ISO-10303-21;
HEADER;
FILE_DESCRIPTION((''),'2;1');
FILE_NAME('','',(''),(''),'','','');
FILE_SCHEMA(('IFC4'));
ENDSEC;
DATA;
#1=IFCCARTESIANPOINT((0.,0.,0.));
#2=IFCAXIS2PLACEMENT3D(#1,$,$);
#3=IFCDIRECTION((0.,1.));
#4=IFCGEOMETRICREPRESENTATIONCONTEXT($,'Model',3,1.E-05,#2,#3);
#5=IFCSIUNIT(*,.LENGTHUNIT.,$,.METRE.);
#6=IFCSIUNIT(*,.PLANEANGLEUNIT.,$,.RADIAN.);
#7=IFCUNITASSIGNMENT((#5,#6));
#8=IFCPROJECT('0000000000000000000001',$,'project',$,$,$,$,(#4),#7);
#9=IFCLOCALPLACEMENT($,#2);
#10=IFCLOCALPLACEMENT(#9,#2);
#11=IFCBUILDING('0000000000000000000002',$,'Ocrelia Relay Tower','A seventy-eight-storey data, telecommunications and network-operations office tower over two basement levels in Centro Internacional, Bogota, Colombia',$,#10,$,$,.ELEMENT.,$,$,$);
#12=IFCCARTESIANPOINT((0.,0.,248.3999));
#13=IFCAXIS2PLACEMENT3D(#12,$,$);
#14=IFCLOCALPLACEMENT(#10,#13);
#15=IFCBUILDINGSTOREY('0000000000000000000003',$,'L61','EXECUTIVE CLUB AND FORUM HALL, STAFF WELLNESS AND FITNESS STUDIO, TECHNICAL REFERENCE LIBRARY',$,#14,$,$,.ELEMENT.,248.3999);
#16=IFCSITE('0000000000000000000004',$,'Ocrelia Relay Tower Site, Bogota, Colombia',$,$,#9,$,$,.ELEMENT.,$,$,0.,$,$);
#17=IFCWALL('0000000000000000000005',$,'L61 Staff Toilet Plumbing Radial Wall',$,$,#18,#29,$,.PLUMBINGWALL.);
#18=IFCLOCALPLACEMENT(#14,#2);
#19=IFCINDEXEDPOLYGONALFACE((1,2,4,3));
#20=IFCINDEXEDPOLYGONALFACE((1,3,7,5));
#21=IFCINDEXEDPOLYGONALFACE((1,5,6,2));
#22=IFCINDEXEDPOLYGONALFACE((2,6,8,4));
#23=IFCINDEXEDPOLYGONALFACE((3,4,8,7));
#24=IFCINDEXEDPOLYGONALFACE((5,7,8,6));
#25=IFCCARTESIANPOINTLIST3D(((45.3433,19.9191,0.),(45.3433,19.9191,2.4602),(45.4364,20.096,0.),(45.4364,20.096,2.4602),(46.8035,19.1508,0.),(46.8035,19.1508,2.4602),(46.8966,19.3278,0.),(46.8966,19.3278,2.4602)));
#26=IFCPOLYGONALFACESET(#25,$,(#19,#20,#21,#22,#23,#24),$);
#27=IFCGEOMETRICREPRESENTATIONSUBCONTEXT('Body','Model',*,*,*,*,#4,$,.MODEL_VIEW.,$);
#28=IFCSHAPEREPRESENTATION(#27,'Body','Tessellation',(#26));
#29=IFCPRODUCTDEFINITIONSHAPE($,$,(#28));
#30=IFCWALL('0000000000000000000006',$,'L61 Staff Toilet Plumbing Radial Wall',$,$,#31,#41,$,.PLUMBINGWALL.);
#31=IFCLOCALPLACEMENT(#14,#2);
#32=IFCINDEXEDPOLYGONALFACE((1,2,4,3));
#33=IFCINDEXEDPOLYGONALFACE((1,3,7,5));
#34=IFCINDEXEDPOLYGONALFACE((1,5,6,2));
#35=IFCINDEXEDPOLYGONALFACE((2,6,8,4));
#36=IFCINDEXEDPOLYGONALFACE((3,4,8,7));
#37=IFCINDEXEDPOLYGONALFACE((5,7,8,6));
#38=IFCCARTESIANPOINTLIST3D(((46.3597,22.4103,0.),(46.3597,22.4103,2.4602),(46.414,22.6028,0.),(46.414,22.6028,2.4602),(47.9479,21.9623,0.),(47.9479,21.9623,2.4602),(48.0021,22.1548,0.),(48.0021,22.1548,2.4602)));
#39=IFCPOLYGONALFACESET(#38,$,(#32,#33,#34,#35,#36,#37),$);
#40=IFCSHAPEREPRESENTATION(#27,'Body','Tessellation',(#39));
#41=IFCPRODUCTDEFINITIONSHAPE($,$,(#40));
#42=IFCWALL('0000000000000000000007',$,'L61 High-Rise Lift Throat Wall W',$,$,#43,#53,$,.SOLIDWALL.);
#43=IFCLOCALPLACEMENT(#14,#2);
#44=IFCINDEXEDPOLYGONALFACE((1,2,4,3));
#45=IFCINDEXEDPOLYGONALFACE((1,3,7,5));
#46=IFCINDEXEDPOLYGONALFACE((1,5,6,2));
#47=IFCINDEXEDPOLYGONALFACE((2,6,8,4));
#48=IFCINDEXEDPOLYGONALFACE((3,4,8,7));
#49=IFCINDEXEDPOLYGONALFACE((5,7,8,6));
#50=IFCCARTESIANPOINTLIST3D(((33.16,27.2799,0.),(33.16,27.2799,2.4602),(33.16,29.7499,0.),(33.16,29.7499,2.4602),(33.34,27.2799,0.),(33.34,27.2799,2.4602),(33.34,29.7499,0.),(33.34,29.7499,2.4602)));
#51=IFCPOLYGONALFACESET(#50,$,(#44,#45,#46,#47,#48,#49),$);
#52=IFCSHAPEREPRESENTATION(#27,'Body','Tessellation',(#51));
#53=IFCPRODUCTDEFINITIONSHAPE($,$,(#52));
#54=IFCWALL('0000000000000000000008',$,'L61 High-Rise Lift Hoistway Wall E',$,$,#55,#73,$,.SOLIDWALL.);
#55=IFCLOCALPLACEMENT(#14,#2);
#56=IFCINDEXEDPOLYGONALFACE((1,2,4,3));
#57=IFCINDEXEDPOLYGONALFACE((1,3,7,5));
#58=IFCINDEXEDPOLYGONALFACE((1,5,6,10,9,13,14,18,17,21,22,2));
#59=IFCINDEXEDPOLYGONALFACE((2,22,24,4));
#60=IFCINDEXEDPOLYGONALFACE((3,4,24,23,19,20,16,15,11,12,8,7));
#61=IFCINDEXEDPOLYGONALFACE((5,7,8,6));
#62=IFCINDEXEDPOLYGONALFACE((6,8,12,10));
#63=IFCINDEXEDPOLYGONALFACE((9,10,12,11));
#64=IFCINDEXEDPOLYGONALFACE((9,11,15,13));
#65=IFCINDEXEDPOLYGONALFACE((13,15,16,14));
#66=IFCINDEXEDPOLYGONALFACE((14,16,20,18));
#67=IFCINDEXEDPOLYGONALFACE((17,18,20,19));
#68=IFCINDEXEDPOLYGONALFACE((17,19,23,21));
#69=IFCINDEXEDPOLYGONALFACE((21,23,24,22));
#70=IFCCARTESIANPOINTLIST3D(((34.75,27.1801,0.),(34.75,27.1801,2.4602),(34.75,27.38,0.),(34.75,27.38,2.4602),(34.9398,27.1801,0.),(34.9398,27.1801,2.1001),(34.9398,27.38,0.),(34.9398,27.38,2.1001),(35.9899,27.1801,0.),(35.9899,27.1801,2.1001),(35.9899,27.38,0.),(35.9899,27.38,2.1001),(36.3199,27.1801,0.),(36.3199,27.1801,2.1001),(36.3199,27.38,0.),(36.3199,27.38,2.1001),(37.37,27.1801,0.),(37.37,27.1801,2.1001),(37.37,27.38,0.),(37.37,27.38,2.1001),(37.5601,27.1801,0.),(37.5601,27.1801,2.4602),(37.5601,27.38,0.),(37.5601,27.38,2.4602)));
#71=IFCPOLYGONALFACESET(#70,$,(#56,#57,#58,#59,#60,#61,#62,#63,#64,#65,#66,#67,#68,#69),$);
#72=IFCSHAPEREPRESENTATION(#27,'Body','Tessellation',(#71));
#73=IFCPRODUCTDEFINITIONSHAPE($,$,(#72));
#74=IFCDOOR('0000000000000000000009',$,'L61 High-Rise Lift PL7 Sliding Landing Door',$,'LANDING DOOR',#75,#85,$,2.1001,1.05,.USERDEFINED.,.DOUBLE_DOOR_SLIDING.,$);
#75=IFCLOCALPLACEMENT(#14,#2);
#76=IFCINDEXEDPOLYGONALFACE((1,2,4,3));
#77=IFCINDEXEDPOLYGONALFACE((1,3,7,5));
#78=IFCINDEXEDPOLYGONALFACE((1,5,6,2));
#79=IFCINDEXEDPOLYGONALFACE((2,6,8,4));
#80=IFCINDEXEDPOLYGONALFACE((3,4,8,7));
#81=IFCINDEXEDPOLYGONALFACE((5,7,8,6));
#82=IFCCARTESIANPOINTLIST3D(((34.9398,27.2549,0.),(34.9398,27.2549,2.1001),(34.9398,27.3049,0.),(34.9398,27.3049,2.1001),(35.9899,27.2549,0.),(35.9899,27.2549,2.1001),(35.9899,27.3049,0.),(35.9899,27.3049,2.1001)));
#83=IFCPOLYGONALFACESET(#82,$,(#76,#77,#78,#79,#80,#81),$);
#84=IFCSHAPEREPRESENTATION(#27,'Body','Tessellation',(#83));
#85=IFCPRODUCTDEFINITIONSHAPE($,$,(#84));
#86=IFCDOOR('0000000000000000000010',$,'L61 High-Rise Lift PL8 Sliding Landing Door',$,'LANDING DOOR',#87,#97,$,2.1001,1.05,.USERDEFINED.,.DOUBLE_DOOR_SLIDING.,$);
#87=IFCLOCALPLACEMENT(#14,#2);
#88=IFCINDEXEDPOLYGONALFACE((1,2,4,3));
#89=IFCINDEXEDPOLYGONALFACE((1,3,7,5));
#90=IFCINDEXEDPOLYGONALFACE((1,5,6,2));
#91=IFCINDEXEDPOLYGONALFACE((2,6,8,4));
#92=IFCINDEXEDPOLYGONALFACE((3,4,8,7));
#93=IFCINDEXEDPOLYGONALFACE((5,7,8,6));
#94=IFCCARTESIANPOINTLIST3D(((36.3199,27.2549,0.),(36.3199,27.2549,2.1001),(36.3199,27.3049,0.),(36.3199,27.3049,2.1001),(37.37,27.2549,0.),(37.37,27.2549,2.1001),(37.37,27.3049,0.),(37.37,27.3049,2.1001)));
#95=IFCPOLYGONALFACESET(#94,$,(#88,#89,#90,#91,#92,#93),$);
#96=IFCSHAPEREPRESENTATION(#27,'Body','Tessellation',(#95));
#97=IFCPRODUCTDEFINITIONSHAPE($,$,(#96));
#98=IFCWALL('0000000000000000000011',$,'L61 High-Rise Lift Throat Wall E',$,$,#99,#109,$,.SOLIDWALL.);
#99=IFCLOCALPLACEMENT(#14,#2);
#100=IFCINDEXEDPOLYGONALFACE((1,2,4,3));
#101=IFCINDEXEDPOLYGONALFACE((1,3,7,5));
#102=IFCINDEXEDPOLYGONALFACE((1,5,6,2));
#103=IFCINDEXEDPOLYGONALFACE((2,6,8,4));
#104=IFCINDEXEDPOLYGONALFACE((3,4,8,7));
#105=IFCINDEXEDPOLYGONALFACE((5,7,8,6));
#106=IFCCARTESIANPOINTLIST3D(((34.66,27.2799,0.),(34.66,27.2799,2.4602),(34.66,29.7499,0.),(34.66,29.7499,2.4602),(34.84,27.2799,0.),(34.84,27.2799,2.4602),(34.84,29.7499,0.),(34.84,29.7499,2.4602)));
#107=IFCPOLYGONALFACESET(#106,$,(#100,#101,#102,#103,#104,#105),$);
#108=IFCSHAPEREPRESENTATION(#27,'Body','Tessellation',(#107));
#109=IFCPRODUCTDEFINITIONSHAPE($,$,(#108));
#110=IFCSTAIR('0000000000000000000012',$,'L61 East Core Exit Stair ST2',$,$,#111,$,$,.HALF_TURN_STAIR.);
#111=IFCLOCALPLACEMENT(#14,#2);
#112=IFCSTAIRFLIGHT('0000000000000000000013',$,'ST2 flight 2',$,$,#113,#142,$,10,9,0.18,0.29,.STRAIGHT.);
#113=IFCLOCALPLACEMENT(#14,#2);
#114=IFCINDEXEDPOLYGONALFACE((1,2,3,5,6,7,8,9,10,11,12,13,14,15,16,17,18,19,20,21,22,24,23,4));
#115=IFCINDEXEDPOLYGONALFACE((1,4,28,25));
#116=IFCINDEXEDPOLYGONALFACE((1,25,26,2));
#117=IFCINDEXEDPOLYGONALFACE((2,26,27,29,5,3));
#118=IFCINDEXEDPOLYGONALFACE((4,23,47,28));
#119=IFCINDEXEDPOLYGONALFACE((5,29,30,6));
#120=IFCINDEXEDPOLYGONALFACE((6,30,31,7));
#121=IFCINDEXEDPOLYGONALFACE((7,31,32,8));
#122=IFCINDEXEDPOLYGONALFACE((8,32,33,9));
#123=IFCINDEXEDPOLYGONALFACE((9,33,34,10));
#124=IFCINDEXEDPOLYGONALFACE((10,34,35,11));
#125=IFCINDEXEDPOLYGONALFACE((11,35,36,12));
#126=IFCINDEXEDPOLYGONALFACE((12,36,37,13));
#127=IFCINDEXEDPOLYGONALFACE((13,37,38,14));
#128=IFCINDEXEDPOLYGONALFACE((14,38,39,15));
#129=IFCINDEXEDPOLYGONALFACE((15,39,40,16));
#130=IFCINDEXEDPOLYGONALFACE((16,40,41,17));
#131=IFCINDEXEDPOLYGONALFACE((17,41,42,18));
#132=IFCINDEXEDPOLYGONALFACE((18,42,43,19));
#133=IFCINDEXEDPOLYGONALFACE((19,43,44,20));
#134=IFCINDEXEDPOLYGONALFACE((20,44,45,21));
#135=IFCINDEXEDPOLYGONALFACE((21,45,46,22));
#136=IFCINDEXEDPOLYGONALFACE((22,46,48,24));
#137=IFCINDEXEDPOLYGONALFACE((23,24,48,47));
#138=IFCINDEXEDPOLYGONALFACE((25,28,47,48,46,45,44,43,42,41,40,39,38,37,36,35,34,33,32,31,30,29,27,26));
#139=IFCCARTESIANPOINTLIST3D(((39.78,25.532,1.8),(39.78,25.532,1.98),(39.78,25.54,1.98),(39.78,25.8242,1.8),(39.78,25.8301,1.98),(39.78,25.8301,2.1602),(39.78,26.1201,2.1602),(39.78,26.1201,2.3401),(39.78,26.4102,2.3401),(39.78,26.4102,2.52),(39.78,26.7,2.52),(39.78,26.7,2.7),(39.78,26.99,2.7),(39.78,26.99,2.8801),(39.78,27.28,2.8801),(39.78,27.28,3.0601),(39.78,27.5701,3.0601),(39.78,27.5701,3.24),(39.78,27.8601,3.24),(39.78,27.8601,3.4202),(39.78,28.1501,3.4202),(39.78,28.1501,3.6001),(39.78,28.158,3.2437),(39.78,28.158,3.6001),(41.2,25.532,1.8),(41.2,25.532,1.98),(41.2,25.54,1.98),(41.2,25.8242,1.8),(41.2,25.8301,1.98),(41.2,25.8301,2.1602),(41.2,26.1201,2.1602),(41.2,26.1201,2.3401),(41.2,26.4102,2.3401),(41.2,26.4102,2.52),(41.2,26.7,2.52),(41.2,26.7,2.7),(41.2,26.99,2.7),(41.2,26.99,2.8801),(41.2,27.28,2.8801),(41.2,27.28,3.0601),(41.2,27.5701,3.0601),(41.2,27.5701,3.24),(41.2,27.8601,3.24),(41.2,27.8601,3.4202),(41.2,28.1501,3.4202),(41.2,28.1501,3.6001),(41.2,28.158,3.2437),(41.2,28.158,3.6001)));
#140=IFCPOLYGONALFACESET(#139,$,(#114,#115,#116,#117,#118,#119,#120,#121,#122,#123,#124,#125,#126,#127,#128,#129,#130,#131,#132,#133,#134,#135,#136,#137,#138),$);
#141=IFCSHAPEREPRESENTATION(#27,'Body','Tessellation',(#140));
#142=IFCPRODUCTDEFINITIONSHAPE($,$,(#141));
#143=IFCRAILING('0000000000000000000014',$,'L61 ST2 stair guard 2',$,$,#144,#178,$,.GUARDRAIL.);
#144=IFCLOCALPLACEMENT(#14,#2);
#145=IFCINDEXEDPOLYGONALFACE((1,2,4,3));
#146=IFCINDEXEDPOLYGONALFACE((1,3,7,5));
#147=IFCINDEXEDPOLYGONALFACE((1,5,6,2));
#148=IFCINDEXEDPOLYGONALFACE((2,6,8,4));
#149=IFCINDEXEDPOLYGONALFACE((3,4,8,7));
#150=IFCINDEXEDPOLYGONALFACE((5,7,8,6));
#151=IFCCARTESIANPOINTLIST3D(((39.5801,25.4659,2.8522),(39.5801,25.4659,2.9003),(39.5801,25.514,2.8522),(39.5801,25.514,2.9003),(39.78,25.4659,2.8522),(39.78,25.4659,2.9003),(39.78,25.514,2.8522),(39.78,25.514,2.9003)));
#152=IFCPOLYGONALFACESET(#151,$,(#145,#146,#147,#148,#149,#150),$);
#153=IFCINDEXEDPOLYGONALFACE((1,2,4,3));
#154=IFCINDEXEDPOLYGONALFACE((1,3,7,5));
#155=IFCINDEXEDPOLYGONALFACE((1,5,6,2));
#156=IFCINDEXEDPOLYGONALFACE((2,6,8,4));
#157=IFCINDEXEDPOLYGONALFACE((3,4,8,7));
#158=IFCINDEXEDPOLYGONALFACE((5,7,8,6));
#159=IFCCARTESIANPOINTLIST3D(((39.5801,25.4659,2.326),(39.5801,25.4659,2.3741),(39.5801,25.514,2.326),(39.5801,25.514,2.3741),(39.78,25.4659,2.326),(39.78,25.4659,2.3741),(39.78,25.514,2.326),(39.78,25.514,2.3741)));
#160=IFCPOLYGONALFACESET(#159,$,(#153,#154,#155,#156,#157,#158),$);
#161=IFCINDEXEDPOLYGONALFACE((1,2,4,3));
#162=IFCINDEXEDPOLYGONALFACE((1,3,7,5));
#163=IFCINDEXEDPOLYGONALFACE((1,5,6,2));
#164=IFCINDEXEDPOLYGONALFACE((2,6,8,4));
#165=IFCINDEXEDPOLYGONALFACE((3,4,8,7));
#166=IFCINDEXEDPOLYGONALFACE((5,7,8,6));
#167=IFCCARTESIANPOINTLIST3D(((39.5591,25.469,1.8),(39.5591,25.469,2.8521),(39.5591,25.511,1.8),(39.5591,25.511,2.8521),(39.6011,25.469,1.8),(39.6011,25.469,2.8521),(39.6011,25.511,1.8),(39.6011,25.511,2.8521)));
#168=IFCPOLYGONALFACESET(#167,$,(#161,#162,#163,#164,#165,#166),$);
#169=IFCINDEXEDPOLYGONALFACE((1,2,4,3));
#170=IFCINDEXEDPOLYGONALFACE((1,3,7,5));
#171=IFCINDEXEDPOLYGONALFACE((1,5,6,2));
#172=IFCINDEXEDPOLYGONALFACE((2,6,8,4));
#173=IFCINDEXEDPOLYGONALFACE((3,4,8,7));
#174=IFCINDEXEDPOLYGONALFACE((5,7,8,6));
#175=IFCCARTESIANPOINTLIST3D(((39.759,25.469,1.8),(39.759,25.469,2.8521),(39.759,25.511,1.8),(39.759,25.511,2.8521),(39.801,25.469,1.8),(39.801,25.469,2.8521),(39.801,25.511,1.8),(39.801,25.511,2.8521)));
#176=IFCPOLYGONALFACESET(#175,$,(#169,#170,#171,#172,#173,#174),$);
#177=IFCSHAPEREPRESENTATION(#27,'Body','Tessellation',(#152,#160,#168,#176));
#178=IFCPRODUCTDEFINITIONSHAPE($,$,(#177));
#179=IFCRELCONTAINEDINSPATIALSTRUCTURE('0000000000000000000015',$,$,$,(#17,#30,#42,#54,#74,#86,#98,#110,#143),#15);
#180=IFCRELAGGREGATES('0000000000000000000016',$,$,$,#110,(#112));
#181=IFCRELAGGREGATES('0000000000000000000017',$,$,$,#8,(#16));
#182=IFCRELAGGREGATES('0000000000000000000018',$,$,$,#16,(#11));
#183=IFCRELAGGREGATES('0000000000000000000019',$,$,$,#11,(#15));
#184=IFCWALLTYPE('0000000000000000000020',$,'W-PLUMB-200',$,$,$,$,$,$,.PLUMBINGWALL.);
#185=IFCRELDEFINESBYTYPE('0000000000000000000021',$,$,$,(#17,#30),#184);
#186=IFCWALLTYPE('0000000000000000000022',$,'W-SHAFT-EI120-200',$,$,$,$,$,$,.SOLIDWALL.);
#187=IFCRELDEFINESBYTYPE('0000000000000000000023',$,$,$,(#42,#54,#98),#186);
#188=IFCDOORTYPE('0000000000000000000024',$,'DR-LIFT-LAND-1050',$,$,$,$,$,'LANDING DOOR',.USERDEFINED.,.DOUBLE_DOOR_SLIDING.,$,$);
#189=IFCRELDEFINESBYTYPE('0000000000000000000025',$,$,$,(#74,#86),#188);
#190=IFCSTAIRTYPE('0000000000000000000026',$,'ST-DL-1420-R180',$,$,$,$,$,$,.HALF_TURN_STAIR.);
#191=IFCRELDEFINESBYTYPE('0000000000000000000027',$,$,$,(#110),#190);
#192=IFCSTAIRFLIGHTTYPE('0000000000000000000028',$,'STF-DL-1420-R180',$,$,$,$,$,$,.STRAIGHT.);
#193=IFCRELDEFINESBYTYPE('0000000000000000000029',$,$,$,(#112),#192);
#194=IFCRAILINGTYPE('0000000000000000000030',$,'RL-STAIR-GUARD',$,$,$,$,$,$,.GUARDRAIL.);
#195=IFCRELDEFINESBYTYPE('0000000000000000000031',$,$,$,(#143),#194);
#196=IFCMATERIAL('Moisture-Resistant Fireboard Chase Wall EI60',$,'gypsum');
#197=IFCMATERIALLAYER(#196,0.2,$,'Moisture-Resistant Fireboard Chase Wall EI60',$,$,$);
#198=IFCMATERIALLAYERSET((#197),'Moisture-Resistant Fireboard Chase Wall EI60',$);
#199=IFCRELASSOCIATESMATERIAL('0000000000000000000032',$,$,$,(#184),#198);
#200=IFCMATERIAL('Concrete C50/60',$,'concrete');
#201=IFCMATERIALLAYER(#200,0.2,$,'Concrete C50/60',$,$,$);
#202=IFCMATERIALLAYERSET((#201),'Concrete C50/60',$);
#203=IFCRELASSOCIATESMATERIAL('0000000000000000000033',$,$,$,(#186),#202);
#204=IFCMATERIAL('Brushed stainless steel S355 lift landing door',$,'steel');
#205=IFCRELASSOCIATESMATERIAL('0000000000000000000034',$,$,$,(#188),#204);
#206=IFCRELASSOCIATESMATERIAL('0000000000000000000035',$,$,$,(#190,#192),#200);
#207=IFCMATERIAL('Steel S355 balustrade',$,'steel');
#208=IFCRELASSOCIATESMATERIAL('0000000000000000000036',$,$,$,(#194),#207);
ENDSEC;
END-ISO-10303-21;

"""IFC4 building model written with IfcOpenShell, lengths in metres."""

from ifc_helpers import new_model, si_unit, direction, frame, frame_2d, origin, origin_2d, place, context, subcontext, project, spatial, polyline, rectangle, outline, extrude, material, layer, layer_set, type_object, element, fill, aggregate, save


model = new_model("IFC4")

# Units and contexts
model_context = context("Model", 3, precision=1e-05, world=origin(), true_north=direction((0.0, 1.0)))
body_context = subcontext(model_context, "Body", "Model", "MODEL_VIEW")
ifc_project = project(units=[si_unit("LENGTHUNIT", "METRE"), si_unit("PLANEANGLEUNIT", "RADIAN")], contexts=[model_context])

# Site, building, storey
site_placement = place(None, origin())
site = spatial("IfcSite", under=ifc_project, at=site_placement, Name="Ocrelia Relay Tower Site, Bogota, Colombia", CompositionType="ELEMENT", RefElevation=0.0)
building_placement = place(site_placement, origin())
building = spatial("IfcBuilding", under=site, at=building_placement, Name="Ocrelia Relay Tower", Description="A seventy-eight-storey data, telecommunications and network-operations office tower over two basement levels in Centro Internacional, Bogota, Colombia", CompositionType="ELEMENT")
storey_placement = place(building_placement, frame((0.0, 0.0, 248.3999)))
storey = spatial("IfcBuildingStorey", under=building, at=storey_placement, Name="L61", Description="EXECUTIVE CLUB AND FORUM HALL, STAFF WELLNESS AND FITNESS STUDIO, TECHNICAL REFERENCE LIBRARY", CompositionType="ELEMENT", Elevation=248.3999)

# Shared definitions
ifc_material_1 = material(Name="Concrete C50/60", Category="concrete")

# Walls
ifc_material_2 = material(Name="Moisture-Resistant Fireboard Chase Wall EI60", Category="gypsum")
ifc_layer_1 = layer(ifc_material_2, 0.2, Name="Moisture-Resistant Fireboard Chase Wall EI60")
ifc_layer_set_1 = layer_set([ifc_layer_1], Name="Moisture-Resistant Fireboard Chase Wall EI60")
wall_type_1 = type_object("IfcWallType", Name="W-PLUMB-200", PredefinedType="PLUMBINGWALL", material=ifc_layer_set_1)
wall_1_placement = place(storey_placement, frame((45.3899, 20.0076, 0.0), z_axis=(0.0, 0.0, 1.0), x_axis=(0.884973, -0.465643, 0.0)))
element("IfcWall", 1, at=wall_1_placement, inside=storey, type_object=wall_type_1, Name="L61 Staff Toilet Plumbing Radial Wall", PredefinedType="PLUMBINGWALL", context=body_context, shape_type="SweptSolid", body=[
    extrude(rectangle(XDim=1.6499, YDim=0.2, at=frame_2d((0.825, 0.0))), origin(), (0.0, 0.0, 1.0), 2.4602),
])
wall_2_placement = place(storey_placement, frame((46.3867, 22.5066, 0.0), z_axis=(0.0, 0.0, 1.0), x_axis=(0.96244, -0.271495, 0.0)))
element("IfcWall", 2, at=wall_2_placement, inside=storey, type_object=wall_type_1, Name="L61 Staff Toilet Plumbing Radial Wall", PredefinedType="PLUMBINGWALL", context=body_context, shape_type="SweptSolid", body=[
    extrude(rectangle(XDim=1.6501, YDim=0.2, at=frame_2d((0.8252, 0.0))), origin(), (0.0, 0.0, 1.0), 2.4602),
])
ifc_layer_2 = layer(ifc_material_1, 0.2, Name="Concrete C50/60")
ifc_layer_set_2 = layer_set([ifc_layer_2], Name="Concrete C50/60")
wall_type_2 = type_object("IfcWallType", Name="W-SHAFT-EI120-200", PredefinedType="SOLIDWALL", material=ifc_layer_set_2)
wall_3_placement = place(storey_placement, frame((33.25, 27.28, 0.0), z_axis=(0.0, 0.0, 1.0), x_axis=(0.0, 1.0, 0.0)))
element("IfcWall", 3, at=wall_3_placement, inside=storey, type_object=wall_type_2, Name="L61 High-Rise Lift Throat Wall W", PredefinedType="SOLIDWALL", context=body_context, shape_type="SweptSolid", body=[
    extrude(rectangle(XDim=2.47, YDim=0.1799, at=frame_2d((1.2349, 0.0))), origin(), (0.0, 0.0, 1.0), 2.4602),
])

# Wall, openings, doors
wall_4_placement = place(storey_placement, frame((34.75, 27.28, 0.0), z_axis=(0.0, 0.0, 1.0), x_axis=(1.0, 0.0, 0.0)))
wall_4 = element("IfcWall", 4, at=wall_4_placement, inside=storey, type_object=wall_type_2, Name="L61 High-Rise Lift Hoistway Wall E", PredefinedType="SOLIDWALL", context=body_context, shape_type="SweptSolid", body=[
    extrude(rectangle(XDim=2.8101, YDim=0.2, at=frame_2d((1.405, 0.0))), origin(), (0.0, 0.0, 1.0), 2.4602),
])
opening_1_placement = place(wall_4_placement, frame((0.1899, 0.0, 0.0)))
opening_1 = element("IfcOpeningElement", 5, at=opening_1_placement, cuts=wall_4, PredefinedType="OPENING", context=body_context, shape_type="SweptSolid", body=[
    extrude(rectangle(XDim=1.05, YDim=2.1001, at=frame_2d((0.5249, 1.05))), frame((0.0, 0.1099, 0.0), z_axis=(0.0, -1.0, 0.0), x_axis=(1.0, 0.0, 0.0)), (0.0, 0.0, 1.0), 0.22),
])
opening_2_placement = place(wall_4_placement, frame((1.5701, 0.0, 0.0)))
opening_2 = element("IfcOpeningElement", 6, at=opening_2_placement, cuts=wall_4, PredefinedType="OPENING", context=body_context, shape_type="SweptSolid", body=[
    extrude(rectangle(XDim=1.05, YDim=2.1001, at=frame_2d((0.5249, 1.05))), frame((0.0, 0.1099, 0.0), z_axis=(0.0, -1.0, 0.0), x_axis=(1.0, 0.0, 0.0)), (0.0, 0.0, 1.0), 0.22),
])
ifc_material_3 = material(Name="Brushed stainless steel S355 lift landing door", Category="steel")
door_type_1 = type_object("IfcDoorType", Name="DR-LIFT-LAND-1050", ElementType="LANDING DOOR", OperationType="DOUBLE_DOOR_SLIDING", PredefinedType="USERDEFINED", material=ifc_material_3)
door_1_placement = place(opening_1_placement, origin())
door_1 = element("IfcDoor", 7, at=door_1_placement, inside=storey, type_object=door_type_1, Name="L61 High-Rise Lift PL7 Sliding Landing Door", ObjectType="LANDING DOOR", OperationType="DOUBLE_DOOR_SLIDING", OverallHeight=2.1001, OverallWidth=1.05, PredefinedType="USERDEFINED", context=body_context, shape_type="SweptSolid", body=[
    extrude(rectangle(XDim=1.05, YDim=2.1001, at=frame_2d((0.5249, 1.05))), frame((0.0, 0.0249, 0.0), z_axis=(0.0, -1.0, 0.0), x_axis=(1.0, 0.0, 0.0)), (0.0, 0.0, 1.0), 0.05),
])
fill(opening_1, door_1)
door_2_placement = place(opening_2_placement, origin())
door_2 = element("IfcDoor", 8, at=door_2_placement, inside=storey, type_object=door_type_1, Name="L61 High-Rise Lift PL8 Sliding Landing Door", ObjectType="LANDING DOOR", OperationType="DOUBLE_DOOR_SLIDING", OverallHeight=2.1001, OverallWidth=1.05, PredefinedType="USERDEFINED", context=body_context, shape_type="SweptSolid", body=[
    extrude(rectangle(XDim=1.05, YDim=2.1001, at=frame_2d((0.5249, 1.05))), frame((0.0, 0.0249, 0.0), z_axis=(0.0, -1.0, 0.0), x_axis=(1.0, 0.0, 0.0)), (0.0, 0.0, 1.0), 0.05),
])
fill(opening_2, door_2)

# Wall
wall_5_placement = place(storey_placement, frame((34.75, 27.28, 0.0), z_axis=(0.0, 0.0, 1.0), x_axis=(0.0, 1.0, 0.0)))
element("IfcWall", 9, at=wall_5_placement, inside=storey, type_object=wall_type_2, Name="L61 High-Rise Lift Throat Wall E", PredefinedType="SOLIDWALL", context=body_context, shape_type="SweptSolid", body=[
    extrude(rectangle(XDim=2.47, YDim=0.1799, at=frame_2d((1.2349, 0.0))), origin(), (0.0, 0.0, 1.0), 2.4602),
])

# Stair, stair flight
stair_type = type_object("IfcStairType", Name="ST-DL-1420-R180", PredefinedType="HALF_TURN_STAIR", material=ifc_material_1)
stair_placement = place(storey_placement, origin())
stair = element("IfcStair", 10, at=stair_placement, inside=storey, type_object=stair_type, Name="L61 East Core Exit Stair ST2", PredefinedType="HALF_TURN_STAIR")
stair_flight_type = type_object("IfcStairFlightType", Name="STF-DL-1420-R180", PredefinedType="STRAIGHT", material=ifc_material_1)
stair_flight_placement = place(storey_placement, frame((40.49, 25.54, 1.8), z_axis=(0.0, 0.0, 1.0), x_axis=(0.0, 1.0, 0.0)))
stair_flight = element("IfcStairFlight", 11, at=stair_flight_placement, type_object=stair_flight_type, Name="ST2 flight 2", NumberOfRisers=10, NumberOfTreads=9, PredefinedType="STRAIGHT", RiserHeight=0.18, TreadLength=0.29, context=body_context, shape_type="SweptSolid", body=[
    extrude(outline(polyline([(-0.0081, 0.0), (-0.0081, 0.1799), (0.0, 0.1799), (0.29, 0.1799), (0.29, 0.3601), (0.5801, 0.3601), (0.5801, 0.54), (0.8701, 0.54), (0.8701, 0.72), (1.1599, 0.72), (1.1599, 0.8999), (1.45, 0.8999), (1.45, 1.0801), (1.74, 1.0801), (1.74, 1.26), (2.03, 1.26), (2.03, 1.4399), (2.3201, 1.4399), (2.3201, 1.6201), (2.6101, 1.6201), (2.6101, 1.8), (2.6179, 1.8), (2.6179, 1.4436), (0.2842, 0.0), (-0.0081, 0.0)])), frame((0.0, 0.71, 0.0), z_axis=(0.0, -1.0, 0.0), x_axis=(1.0, 0.0, 0.0)), (0.0, 0.0, 1.0), 1.4199),
])
aggregate(stair, [stair_flight])

# Railing
ifc_material_4 = material(Name="Steel S355 balustrade", Category="steel")
railing_type_1 = type_object("IfcRailingType", Name="RL-STAIR-GUARD", PredefinedType="GUARDRAIL", material=ifc_material_4)
railing_1_placement = place(storey_placement, frame((39.5801, 25.49, 1.8)))
element("IfcRailing", 12, at=railing_1_placement, inside=storey, type_object=railing_type_1, Name="L61 ST2 stair guard 2", PredefinedType="GUARDRAIL", context=body_context, shape_type="SweptSolid", body=[
    extrude(rectangle(XDim=0.0481, YDim=0.0481, at=origin_2d()), frame((0.0, 0.0, 1.0762), z_axis=(1.0, 0.0, 0.0), x_axis=(0.0, 1.0, 0.0)), (0.0, 0.0, 1.0), 0.2),
    extrude(rectangle(XDim=0.0481, YDim=0.0481, at=origin_2d()), frame((0.0, 0.0, 0.55), z_axis=(1.0, 0.0, 0.0), x_axis=(0.0, 1.0, 0.0)), (0.0, 0.0, 1.0), 0.2),
    extrude(rectangle(XDim=0.042, YDim=0.042, at=origin_2d()), origin(), (0.0, 0.0, 1.0), 1.052),
    extrude(rectangle(XDim=0.042, YDim=0.042, at=origin_2d()), frame((0.2, 0.0, 0.0)), (0.0, 0.0, 1.0), 1.052),
])

save(model, "model.ifc")
